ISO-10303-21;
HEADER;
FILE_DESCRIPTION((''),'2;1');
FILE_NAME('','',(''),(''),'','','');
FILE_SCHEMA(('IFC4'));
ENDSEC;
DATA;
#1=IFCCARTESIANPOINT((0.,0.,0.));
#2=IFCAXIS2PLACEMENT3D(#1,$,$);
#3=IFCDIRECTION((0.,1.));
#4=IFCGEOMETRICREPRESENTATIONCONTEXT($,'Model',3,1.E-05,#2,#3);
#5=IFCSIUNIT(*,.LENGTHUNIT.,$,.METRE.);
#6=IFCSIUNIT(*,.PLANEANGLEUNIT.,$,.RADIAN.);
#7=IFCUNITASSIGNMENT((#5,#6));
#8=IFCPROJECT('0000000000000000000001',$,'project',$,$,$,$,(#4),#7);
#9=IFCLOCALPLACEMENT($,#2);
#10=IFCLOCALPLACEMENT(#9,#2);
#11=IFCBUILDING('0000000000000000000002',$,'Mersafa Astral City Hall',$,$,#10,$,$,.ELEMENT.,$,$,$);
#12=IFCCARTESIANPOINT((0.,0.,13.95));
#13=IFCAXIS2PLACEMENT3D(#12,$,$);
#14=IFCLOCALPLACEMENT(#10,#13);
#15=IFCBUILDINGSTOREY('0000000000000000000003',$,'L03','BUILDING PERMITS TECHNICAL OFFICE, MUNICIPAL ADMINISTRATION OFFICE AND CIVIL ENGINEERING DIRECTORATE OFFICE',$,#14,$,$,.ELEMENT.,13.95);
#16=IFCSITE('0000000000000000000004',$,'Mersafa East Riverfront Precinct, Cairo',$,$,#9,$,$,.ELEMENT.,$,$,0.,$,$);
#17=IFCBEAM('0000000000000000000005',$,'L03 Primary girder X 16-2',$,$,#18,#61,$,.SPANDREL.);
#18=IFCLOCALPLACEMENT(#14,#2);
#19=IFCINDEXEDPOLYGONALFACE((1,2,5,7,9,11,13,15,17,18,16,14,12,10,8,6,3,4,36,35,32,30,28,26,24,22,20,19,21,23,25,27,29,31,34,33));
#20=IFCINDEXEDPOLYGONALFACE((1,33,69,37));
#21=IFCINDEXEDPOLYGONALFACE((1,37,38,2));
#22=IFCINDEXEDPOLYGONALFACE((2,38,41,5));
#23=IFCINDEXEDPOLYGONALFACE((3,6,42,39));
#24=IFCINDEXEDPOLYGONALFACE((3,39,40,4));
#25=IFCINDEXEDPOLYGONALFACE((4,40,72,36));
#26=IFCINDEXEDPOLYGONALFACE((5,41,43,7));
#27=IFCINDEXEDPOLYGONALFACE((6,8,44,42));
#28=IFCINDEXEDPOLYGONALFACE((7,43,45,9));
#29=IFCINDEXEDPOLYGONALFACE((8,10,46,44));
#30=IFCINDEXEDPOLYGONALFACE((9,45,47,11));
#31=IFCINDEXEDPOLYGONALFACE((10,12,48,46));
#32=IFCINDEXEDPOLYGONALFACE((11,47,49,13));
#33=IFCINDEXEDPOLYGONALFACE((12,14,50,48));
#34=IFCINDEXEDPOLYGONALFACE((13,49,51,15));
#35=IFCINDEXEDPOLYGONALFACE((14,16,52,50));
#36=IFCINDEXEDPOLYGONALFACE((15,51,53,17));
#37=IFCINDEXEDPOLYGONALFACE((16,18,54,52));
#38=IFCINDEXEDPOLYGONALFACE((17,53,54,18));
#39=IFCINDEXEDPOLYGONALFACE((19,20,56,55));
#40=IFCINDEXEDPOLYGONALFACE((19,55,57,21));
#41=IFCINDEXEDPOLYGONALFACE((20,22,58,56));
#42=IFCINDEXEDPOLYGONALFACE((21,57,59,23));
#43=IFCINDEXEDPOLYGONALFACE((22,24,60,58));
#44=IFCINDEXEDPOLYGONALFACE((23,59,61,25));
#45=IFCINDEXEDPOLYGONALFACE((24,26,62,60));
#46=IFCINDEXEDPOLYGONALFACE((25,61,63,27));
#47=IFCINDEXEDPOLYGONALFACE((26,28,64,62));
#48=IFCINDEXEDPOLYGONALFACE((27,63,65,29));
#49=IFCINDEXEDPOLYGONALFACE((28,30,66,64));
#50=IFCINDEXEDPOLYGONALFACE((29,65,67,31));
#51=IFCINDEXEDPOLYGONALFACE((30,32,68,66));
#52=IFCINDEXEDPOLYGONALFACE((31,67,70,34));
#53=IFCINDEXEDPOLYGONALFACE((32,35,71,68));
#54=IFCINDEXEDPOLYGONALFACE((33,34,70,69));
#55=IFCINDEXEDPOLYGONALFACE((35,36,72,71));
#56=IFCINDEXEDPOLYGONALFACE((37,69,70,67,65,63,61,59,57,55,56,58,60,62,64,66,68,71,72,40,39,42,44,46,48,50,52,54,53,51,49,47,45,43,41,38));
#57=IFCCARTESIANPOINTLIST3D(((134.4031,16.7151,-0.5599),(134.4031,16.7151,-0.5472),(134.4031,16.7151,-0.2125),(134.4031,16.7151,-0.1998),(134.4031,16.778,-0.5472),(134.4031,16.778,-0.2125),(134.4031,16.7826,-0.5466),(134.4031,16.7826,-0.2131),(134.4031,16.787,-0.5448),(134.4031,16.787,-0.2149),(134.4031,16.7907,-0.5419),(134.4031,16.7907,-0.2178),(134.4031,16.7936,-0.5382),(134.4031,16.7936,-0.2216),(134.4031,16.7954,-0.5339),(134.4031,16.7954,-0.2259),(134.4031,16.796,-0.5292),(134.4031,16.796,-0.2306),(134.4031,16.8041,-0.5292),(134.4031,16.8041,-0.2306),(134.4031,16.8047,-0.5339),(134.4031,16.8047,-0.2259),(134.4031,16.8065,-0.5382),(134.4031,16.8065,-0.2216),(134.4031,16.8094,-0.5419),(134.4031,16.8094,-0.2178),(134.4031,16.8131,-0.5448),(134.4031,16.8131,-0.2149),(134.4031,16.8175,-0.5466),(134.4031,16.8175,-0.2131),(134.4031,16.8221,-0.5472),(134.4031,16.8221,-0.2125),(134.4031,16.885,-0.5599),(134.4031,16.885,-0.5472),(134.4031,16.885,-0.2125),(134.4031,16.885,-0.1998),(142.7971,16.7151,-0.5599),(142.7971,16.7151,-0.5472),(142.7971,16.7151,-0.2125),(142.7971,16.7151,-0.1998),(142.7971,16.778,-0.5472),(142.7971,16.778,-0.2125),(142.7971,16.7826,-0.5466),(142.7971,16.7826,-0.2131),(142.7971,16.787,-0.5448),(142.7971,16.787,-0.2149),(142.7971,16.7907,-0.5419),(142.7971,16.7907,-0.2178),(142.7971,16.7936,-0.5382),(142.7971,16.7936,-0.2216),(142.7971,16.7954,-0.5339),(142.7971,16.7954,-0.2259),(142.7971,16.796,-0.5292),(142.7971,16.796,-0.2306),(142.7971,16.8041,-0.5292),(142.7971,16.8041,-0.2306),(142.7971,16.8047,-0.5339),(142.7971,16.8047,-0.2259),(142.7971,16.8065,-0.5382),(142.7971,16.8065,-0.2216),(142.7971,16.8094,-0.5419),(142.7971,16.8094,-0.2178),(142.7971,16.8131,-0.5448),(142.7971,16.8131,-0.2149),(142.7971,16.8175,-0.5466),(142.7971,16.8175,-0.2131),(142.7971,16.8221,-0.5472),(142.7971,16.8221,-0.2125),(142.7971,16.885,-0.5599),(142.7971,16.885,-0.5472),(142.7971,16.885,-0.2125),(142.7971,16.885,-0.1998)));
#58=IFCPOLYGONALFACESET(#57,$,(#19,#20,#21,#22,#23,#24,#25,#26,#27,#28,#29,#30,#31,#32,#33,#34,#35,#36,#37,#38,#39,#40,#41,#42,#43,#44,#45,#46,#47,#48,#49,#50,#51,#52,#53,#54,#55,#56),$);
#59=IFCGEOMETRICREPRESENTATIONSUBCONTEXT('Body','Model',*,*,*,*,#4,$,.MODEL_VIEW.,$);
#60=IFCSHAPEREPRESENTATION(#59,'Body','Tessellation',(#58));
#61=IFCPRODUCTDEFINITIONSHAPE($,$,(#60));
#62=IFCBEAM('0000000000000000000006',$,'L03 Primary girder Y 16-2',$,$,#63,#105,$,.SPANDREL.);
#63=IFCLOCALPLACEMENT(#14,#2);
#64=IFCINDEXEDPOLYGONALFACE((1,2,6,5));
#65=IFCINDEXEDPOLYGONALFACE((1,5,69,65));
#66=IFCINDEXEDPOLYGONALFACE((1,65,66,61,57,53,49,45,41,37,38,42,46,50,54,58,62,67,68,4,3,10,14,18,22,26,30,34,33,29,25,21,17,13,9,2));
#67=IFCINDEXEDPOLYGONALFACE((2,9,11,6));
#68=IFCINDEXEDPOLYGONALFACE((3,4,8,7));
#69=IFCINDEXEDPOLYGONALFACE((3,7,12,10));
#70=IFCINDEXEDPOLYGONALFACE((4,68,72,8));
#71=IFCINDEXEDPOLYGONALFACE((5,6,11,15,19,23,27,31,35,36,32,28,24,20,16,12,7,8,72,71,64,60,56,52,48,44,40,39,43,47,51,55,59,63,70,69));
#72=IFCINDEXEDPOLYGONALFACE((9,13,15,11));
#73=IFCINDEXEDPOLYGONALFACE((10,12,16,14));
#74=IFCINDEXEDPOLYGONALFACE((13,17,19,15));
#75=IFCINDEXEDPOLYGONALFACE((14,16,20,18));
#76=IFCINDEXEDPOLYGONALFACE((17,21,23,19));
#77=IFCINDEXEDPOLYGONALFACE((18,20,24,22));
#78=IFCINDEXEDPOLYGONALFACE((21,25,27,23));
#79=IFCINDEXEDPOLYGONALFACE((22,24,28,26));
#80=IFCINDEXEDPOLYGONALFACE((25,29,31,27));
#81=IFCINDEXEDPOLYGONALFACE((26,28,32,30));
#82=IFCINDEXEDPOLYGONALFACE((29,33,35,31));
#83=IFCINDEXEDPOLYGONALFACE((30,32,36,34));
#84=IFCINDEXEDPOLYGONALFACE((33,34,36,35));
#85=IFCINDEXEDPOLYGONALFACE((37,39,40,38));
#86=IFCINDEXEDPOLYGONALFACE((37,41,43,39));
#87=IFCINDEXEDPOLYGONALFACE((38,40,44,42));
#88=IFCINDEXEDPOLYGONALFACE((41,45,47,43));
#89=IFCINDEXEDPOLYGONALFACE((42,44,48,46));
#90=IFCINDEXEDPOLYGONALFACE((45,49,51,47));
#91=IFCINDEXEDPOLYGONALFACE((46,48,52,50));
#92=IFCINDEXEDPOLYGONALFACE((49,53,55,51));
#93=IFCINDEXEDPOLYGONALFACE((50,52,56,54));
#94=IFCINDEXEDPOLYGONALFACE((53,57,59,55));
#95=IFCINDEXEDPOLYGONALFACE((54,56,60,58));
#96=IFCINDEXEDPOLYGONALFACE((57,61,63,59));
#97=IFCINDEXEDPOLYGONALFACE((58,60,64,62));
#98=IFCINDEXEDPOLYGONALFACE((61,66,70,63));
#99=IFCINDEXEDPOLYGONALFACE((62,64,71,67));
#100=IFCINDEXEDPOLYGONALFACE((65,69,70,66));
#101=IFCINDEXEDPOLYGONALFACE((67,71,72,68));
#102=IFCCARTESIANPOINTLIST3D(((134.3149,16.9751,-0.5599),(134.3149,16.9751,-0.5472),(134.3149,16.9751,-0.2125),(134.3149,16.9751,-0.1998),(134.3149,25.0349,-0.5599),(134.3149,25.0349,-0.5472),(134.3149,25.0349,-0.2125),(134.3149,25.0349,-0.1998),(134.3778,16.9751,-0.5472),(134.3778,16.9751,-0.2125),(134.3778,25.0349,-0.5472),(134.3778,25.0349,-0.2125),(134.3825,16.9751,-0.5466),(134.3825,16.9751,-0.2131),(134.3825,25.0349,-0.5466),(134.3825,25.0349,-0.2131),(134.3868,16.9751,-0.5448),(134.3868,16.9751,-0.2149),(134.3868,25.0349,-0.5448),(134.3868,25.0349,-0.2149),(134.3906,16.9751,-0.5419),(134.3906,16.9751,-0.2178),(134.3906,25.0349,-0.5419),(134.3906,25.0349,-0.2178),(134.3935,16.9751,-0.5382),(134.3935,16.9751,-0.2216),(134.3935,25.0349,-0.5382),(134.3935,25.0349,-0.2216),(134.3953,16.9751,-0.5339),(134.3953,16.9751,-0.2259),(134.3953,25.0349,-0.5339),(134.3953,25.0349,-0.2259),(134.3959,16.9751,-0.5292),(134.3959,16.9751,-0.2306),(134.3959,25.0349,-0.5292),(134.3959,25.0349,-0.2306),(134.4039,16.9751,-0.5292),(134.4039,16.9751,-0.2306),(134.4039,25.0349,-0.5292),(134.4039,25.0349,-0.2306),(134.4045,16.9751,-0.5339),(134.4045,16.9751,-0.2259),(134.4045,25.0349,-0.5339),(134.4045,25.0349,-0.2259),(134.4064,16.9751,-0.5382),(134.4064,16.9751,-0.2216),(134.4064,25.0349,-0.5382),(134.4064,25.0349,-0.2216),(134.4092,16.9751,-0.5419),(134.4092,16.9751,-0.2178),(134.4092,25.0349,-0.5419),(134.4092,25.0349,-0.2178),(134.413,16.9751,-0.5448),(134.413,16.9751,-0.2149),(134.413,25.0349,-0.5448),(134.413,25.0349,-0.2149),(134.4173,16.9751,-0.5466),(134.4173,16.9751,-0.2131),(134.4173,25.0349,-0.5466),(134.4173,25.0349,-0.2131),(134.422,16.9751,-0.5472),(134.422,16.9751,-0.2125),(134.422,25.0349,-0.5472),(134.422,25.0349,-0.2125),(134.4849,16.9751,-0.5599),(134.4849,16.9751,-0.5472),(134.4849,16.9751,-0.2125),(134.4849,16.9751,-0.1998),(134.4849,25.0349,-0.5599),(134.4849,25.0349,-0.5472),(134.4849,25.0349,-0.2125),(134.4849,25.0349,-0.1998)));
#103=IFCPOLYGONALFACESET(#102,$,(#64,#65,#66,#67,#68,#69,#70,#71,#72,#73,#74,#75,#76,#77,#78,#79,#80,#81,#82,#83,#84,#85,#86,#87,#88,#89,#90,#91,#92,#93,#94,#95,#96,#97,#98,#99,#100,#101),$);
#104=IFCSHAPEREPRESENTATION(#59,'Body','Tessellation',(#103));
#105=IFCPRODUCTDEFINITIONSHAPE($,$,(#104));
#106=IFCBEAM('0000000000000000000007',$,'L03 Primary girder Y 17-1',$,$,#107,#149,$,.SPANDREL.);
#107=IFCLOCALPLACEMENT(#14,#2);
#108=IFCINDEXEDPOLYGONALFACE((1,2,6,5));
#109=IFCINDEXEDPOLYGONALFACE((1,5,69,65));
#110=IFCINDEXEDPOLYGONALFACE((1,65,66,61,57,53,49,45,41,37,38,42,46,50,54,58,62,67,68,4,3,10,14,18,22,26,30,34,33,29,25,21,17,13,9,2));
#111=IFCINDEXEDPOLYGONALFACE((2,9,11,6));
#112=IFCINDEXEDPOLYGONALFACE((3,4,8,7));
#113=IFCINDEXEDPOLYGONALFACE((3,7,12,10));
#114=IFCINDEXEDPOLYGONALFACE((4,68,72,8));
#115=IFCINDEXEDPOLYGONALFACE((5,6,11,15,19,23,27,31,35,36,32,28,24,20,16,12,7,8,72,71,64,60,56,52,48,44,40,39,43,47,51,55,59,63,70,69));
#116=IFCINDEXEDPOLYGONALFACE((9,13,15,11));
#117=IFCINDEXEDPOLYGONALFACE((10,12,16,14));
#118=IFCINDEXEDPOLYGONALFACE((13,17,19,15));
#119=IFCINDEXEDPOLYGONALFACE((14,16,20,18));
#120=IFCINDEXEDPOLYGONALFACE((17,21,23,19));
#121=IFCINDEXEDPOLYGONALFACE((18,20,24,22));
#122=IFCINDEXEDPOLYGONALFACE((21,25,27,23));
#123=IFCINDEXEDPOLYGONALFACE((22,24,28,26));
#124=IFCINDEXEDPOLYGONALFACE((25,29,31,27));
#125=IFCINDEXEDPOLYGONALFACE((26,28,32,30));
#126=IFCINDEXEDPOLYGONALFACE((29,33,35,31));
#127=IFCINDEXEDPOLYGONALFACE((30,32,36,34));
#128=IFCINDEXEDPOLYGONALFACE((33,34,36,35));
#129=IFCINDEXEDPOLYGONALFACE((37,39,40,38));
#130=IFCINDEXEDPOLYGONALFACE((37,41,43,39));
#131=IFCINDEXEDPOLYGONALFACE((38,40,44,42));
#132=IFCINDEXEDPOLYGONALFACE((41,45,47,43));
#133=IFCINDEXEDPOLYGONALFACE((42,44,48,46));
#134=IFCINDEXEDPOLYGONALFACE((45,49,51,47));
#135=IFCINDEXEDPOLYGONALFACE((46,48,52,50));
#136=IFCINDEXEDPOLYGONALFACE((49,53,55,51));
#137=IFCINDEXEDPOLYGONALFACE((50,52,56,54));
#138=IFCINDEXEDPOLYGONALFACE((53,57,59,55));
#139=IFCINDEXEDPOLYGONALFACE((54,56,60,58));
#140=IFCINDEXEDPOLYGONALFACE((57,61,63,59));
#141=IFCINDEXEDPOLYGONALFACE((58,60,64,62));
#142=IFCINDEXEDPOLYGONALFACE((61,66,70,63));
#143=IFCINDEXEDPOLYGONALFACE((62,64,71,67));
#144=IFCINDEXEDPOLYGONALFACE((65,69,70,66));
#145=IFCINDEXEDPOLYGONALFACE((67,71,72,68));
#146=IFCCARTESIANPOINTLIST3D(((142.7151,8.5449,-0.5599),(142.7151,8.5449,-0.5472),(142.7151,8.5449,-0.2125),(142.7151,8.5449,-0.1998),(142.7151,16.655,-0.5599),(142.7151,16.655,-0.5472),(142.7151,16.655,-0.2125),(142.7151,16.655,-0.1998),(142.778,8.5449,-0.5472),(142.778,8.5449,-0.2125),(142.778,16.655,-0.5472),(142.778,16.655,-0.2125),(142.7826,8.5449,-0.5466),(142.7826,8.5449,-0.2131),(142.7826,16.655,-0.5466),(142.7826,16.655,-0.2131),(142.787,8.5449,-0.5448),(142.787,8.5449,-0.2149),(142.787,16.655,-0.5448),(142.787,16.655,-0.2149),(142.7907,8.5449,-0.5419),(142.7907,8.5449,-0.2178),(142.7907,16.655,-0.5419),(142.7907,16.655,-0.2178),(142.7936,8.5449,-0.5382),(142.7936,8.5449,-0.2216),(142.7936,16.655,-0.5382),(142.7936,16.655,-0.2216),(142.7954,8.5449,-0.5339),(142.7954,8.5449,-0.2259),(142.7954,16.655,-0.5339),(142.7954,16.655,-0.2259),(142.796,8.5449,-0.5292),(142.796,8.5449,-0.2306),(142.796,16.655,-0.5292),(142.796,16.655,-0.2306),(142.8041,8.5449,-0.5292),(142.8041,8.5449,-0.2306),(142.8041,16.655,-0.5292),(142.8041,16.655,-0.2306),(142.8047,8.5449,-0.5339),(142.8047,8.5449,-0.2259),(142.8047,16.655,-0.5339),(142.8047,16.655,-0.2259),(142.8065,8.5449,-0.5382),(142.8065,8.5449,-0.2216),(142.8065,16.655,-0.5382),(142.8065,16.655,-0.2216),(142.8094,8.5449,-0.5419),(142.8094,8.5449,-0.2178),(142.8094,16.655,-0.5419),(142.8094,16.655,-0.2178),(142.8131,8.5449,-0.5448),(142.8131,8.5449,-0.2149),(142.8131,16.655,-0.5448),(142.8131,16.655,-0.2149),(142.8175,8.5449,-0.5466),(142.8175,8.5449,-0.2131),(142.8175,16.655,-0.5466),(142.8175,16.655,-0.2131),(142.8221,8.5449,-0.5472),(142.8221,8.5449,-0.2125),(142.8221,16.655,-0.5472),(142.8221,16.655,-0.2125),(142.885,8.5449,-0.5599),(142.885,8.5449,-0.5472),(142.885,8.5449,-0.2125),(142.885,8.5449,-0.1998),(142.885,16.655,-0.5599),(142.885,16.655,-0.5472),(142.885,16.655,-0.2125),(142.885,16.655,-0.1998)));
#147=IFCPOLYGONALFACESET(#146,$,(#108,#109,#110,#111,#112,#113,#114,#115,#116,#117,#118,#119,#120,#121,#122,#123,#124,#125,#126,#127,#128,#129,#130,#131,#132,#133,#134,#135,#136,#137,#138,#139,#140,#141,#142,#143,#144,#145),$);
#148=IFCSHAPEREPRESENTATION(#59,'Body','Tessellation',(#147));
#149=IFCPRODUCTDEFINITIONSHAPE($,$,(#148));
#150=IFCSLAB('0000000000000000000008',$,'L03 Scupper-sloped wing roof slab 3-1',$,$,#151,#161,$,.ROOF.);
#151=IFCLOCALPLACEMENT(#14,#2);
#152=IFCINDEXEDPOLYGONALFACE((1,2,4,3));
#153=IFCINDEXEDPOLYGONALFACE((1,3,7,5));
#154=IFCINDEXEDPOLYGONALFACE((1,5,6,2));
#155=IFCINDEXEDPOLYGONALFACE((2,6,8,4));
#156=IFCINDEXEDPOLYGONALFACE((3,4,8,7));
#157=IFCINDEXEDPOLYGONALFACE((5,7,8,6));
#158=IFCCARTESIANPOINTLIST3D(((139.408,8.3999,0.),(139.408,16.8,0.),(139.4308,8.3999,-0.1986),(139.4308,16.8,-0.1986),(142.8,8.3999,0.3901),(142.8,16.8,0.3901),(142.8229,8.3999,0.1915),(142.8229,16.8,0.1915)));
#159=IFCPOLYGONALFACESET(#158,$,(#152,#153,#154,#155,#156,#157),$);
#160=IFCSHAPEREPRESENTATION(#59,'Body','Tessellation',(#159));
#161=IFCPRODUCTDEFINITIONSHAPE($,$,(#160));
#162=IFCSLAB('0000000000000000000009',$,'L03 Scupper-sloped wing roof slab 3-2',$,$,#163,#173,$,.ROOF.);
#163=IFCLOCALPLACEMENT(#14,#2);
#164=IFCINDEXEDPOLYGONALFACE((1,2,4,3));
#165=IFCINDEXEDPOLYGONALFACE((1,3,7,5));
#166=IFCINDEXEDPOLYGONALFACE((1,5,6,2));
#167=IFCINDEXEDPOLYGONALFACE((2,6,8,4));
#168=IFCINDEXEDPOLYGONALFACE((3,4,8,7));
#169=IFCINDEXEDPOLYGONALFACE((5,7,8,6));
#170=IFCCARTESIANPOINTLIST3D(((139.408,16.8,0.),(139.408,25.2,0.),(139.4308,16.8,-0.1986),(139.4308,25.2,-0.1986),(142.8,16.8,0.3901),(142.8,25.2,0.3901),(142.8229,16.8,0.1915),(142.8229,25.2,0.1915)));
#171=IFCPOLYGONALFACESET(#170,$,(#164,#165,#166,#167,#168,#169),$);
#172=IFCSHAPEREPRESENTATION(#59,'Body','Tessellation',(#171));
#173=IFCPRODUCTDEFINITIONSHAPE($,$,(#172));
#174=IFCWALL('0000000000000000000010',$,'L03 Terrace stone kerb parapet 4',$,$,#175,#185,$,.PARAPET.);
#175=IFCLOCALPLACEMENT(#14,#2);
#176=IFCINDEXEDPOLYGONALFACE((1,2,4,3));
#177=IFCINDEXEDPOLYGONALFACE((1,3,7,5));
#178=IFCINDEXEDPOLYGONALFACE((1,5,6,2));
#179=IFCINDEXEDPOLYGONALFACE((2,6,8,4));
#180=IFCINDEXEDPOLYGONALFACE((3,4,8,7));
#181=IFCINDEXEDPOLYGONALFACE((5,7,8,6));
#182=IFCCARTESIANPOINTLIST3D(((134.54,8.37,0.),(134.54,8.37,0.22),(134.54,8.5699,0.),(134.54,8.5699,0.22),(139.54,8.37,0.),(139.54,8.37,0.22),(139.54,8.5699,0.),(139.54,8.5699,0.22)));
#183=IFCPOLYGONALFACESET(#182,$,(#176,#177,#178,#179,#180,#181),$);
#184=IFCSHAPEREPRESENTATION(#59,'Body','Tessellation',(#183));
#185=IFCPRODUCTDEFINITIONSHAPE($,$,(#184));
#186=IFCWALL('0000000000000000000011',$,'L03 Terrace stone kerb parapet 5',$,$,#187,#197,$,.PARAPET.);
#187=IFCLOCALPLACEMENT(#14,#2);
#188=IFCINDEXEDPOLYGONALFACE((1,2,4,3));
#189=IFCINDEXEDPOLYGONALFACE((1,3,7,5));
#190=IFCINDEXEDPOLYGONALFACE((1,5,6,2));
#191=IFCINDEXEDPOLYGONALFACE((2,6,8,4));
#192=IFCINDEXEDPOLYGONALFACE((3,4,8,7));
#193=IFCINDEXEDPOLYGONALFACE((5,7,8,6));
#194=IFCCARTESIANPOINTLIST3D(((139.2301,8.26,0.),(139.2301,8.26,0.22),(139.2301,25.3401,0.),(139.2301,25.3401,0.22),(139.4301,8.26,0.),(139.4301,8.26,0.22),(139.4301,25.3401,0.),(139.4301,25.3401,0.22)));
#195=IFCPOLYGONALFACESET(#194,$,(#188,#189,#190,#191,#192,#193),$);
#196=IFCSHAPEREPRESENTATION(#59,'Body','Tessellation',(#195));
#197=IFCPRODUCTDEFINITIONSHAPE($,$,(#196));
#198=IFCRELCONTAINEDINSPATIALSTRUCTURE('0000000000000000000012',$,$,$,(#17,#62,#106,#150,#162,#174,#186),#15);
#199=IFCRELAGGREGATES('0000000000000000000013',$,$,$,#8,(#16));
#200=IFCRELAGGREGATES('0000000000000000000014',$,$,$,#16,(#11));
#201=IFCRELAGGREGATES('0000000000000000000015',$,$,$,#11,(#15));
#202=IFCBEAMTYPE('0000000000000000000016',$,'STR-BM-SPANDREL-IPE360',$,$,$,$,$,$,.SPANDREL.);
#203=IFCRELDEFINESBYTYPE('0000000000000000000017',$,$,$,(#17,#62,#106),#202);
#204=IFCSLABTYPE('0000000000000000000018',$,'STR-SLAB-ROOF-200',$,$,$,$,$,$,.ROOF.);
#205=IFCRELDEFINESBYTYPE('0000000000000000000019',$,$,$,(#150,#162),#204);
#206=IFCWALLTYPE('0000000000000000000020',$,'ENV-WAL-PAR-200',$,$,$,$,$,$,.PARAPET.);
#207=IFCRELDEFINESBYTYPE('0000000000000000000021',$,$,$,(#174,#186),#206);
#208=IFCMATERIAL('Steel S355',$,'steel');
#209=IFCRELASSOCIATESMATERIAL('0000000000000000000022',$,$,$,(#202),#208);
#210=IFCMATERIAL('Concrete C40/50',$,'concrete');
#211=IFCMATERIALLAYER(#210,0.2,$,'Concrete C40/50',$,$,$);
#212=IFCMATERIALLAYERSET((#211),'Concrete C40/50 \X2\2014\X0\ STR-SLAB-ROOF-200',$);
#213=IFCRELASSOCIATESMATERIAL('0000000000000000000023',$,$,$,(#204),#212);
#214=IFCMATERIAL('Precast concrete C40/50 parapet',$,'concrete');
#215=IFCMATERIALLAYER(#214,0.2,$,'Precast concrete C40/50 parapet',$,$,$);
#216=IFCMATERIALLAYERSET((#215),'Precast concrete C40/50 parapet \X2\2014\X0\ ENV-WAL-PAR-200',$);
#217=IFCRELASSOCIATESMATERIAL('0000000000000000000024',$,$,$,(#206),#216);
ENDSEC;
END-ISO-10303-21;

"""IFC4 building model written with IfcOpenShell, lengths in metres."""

from ifc_helpers import new_model, si_unit, direction, frame, frame_2d, origin, origin_2d, place, context, subcontext, project, spatial, polyline, rectangle, i_section, outline, extrude, material, layer, layer_set, material_profile, profile_set, type_object, element, save


model = new_model("IFC4")

# Units and contexts
model_context = context("Model", 3, precision=1e-05, world=origin(), true_north=direction((0.0, 1.0)))
body_context = subcontext(model_context, "Body", "Model", "MODEL_VIEW")
ifc_project = project(units=[si_unit("LENGTHUNIT", "METRE"), si_unit("PLANEANGLEUNIT", "RADIAN")], contexts=[model_context])

# Site, building, storey
site_placement = place(None, origin())
site = spatial("IfcSite", under=ifc_project, at=site_placement, Name="Mersafa East Riverfront Precinct, Cairo", CompositionType="ELEMENT", RefElevation=0.0)
building_placement = place(site_placement, origin())
building = spatial("IfcBuilding", under=site, at=building_placement, Name="Mersafa Astral City Hall", CompositionType="ELEMENT")
storey_placement = place(building_placement, frame((0.0, 0.0, 13.95)))
storey = spatial("IfcBuildingStorey", under=building, at=storey_placement, Name="L03", Description="BUILDING PERMITS TECHNICAL OFFICE, MUNICIPAL ADMINISTRATION OFFICE AND CIVIL ENGINEERING DIRECTORATE OFFICE", CompositionType="ELEMENT", Elevation=13.95)

# Shared definitions
ifc_material_1 = material(Name="Steel S355", Category="steel")

# Beams
ifc_material_profile_1 = material_profile(ifc_material_1, i_section(OverallWidth=0.1699, OverallDepth=0.3601, WebThickness=0.0081, FlangeThickness=0.0127, FilletRadius=0.0181, at=origin_2d()), Name="IPE 360")
ifc_profile_set_1 = profile_set([ifc_material_profile_1], Name="Steel S355")
beam_type_1 = type_object("IfcBeamType", Name="STR-BM-SPANDREL-IPE360", PredefinedType="SPANDREL", material=ifc_profile_set_1)
beam_1_placement = place(storey_placement, frame((134.4031, 16.8, -0.3799), z_axis=(1.0, 0.0, 0.0), x_axis=(0.0, 1.0, 0.0)))
element("IfcBeam", 1, at=beam_1_placement, inside=storey, type_object=beam_type_1, Name="L03 Primary girder X 16-2", PredefinedType="SPANDREL", context=body_context, shape_type="SweptSolid", body=[
    extrude(i_section(OverallWidth=0.1699, OverallDepth=0.3601, WebThickness=0.0081, FlangeThickness=0.0127, FilletRadius=0.0181, at=origin_2d()), origin(), (0.0, 0.0, 1.0), 8.394),
])
beam_2_placement = place(storey_placement, frame((134.3999, 16.9751, -0.3799), z_axis=(0.0, 1.0, 0.0), x_axis=(-1.0, 0.0, 0.0)))
element("IfcBeam", 2, at=beam_2_placement, inside=storey, type_object=beam_type_1, Name="L03 Primary girder Y 16-2", PredefinedType="SPANDREL", context=body_context, shape_type="SweptSolid", body=[
    extrude(i_section(OverallWidth=0.1699, OverallDepth=0.3601, WebThickness=0.0081, FlangeThickness=0.0127, FilletRadius=0.0181, at=origin_2d()), origin(), (0.0, 0.0, 1.0), 8.0598),
])
beam_3_placement = place(storey_placement, frame((142.8, 8.5449, -0.3799), z_axis=(0.0, 1.0, 0.0), x_axis=(-1.0, 0.0, 0.0)))
element("IfcBeam", 3, at=beam_3_placement, inside=storey, type_object=beam_type_1, Name="L03 Primary girder Y 17-1", PredefinedType="SPANDREL", context=body_context, shape_type="SweptSolid", body=[
    extrude(i_section(OverallWidth=0.1699, OverallDepth=0.3601, WebThickness=0.0081, FlangeThickness=0.0127, FilletRadius=0.0181, at=origin_2d()), origin(), (0.0, 0.0, 1.0), 8.1101),
])

# Slabs
ifc_material_2 = material(Name="Concrete C40/50", Category="concrete")
ifc_layer_1 = layer(ifc_material_2, 0.2, Name="Concrete C40/50")
ifc_layer_set_1 = layer_set([ifc_layer_1], Name="Concrete C40/50 — STR-SLAB-ROOF-200")
slab_type = type_object("IfcSlabType", Name="STR-SLAB-ROOF-200", PredefinedType="ROOF", material=ifc_layer_set_1)
slab_1_placement = place(storey_placement, frame((142.8, 8.3999, 0.3901), z_axis=(-0.11426, 0.0, 0.993451), x_axis=(0.0, 1.0, 0.0)))
element("IfcSlab", 4, at=slab_1_placement, inside=storey, type_object=slab_type, Name="L03 Scupper-sloped wing roof slab 3-1", PredefinedType="ROOF", context=body_context, shape_type="SweptSolid", body=[
    extrude(outline(polyline([(0.0, 0.0), (8.4001, 0.0), (8.4001, 3.4145), (0.0, 3.4145), (0.0, 0.0)])), origin(), (0.0, 0.0, -1.0), 0.2),
])
slab_2_placement = place(storey_placement, frame((142.8, 16.8, 0.3901), z_axis=(-0.11426, 0.0, 0.993451), x_axis=(0.0, 1.0, 0.0)))
element("IfcSlab", 5, at=slab_2_placement, inside=storey, type_object=slab_type, Name="L03 Scupper-sloped wing roof slab 3-2", PredefinedType="ROOF", context=body_context, shape_type="SweptSolid", body=[
    extrude(outline(polyline([(0.0, 0.0), (8.3999, 0.0), (8.3999, 3.4145), (0.0, 3.4145), (0.0, 0.0)])), origin(), (0.0, 0.0, -1.0), 0.2),
])

# Walls
ifc_material_3 = material(Name="Precast concrete C40/50 parapet", Category="concrete")
ifc_layer_2 = layer(ifc_material_3, 0.2, Name="Precast concrete C40/50 parapet")
ifc_layer_set_2 = layer_set([ifc_layer_2], Name="Precast concrete C40/50 parapet — ENV-WAL-PAR-200")
wall_type = type_object("IfcWallType", Name="ENV-WAL-PAR-200", PredefinedType="PARAPET", material=ifc_layer_set_2)
wall_1_placement = place(storey_placement, frame((134.54, 8.47, 0.0), z_axis=(0.0, 0.0, 1.0), x_axis=(1.0, 0.0, 0.0)))
element("IfcWall", 6, at=wall_1_placement, inside=storey, type_object=wall_type, Name="L03 Terrace stone kerb parapet 4", PredefinedType="PARAPET", context=body_context, shape_type="SweptSolid", body=[
    extrude(rectangle(XDim=5.0, YDim=0.2, at=frame_2d((2.5, 0.0))), origin(), (0.0, 0.0, 1.0), 0.22),
])
wall_2_placement = place(storey_placement, frame((139.3301, 8.26, 0.0), z_axis=(0.0, 0.0, 1.0), x_axis=(0.0, 1.0, 0.0)))
element("IfcWall", 7, at=wall_2_placement, inside=storey, type_object=wall_type, Name="L03 Terrace stone kerb parapet 5", PredefinedType="PARAPET", context=body_context, shape_type="SweptSolid", body=[
    extrude(rectangle(XDim=17.0801, YDim=0.2, at=frame_2d((8.54, 0.0))), origin(), (0.0, 0.0, 1.0), 0.22),
])

save(model, "model.ifc")
